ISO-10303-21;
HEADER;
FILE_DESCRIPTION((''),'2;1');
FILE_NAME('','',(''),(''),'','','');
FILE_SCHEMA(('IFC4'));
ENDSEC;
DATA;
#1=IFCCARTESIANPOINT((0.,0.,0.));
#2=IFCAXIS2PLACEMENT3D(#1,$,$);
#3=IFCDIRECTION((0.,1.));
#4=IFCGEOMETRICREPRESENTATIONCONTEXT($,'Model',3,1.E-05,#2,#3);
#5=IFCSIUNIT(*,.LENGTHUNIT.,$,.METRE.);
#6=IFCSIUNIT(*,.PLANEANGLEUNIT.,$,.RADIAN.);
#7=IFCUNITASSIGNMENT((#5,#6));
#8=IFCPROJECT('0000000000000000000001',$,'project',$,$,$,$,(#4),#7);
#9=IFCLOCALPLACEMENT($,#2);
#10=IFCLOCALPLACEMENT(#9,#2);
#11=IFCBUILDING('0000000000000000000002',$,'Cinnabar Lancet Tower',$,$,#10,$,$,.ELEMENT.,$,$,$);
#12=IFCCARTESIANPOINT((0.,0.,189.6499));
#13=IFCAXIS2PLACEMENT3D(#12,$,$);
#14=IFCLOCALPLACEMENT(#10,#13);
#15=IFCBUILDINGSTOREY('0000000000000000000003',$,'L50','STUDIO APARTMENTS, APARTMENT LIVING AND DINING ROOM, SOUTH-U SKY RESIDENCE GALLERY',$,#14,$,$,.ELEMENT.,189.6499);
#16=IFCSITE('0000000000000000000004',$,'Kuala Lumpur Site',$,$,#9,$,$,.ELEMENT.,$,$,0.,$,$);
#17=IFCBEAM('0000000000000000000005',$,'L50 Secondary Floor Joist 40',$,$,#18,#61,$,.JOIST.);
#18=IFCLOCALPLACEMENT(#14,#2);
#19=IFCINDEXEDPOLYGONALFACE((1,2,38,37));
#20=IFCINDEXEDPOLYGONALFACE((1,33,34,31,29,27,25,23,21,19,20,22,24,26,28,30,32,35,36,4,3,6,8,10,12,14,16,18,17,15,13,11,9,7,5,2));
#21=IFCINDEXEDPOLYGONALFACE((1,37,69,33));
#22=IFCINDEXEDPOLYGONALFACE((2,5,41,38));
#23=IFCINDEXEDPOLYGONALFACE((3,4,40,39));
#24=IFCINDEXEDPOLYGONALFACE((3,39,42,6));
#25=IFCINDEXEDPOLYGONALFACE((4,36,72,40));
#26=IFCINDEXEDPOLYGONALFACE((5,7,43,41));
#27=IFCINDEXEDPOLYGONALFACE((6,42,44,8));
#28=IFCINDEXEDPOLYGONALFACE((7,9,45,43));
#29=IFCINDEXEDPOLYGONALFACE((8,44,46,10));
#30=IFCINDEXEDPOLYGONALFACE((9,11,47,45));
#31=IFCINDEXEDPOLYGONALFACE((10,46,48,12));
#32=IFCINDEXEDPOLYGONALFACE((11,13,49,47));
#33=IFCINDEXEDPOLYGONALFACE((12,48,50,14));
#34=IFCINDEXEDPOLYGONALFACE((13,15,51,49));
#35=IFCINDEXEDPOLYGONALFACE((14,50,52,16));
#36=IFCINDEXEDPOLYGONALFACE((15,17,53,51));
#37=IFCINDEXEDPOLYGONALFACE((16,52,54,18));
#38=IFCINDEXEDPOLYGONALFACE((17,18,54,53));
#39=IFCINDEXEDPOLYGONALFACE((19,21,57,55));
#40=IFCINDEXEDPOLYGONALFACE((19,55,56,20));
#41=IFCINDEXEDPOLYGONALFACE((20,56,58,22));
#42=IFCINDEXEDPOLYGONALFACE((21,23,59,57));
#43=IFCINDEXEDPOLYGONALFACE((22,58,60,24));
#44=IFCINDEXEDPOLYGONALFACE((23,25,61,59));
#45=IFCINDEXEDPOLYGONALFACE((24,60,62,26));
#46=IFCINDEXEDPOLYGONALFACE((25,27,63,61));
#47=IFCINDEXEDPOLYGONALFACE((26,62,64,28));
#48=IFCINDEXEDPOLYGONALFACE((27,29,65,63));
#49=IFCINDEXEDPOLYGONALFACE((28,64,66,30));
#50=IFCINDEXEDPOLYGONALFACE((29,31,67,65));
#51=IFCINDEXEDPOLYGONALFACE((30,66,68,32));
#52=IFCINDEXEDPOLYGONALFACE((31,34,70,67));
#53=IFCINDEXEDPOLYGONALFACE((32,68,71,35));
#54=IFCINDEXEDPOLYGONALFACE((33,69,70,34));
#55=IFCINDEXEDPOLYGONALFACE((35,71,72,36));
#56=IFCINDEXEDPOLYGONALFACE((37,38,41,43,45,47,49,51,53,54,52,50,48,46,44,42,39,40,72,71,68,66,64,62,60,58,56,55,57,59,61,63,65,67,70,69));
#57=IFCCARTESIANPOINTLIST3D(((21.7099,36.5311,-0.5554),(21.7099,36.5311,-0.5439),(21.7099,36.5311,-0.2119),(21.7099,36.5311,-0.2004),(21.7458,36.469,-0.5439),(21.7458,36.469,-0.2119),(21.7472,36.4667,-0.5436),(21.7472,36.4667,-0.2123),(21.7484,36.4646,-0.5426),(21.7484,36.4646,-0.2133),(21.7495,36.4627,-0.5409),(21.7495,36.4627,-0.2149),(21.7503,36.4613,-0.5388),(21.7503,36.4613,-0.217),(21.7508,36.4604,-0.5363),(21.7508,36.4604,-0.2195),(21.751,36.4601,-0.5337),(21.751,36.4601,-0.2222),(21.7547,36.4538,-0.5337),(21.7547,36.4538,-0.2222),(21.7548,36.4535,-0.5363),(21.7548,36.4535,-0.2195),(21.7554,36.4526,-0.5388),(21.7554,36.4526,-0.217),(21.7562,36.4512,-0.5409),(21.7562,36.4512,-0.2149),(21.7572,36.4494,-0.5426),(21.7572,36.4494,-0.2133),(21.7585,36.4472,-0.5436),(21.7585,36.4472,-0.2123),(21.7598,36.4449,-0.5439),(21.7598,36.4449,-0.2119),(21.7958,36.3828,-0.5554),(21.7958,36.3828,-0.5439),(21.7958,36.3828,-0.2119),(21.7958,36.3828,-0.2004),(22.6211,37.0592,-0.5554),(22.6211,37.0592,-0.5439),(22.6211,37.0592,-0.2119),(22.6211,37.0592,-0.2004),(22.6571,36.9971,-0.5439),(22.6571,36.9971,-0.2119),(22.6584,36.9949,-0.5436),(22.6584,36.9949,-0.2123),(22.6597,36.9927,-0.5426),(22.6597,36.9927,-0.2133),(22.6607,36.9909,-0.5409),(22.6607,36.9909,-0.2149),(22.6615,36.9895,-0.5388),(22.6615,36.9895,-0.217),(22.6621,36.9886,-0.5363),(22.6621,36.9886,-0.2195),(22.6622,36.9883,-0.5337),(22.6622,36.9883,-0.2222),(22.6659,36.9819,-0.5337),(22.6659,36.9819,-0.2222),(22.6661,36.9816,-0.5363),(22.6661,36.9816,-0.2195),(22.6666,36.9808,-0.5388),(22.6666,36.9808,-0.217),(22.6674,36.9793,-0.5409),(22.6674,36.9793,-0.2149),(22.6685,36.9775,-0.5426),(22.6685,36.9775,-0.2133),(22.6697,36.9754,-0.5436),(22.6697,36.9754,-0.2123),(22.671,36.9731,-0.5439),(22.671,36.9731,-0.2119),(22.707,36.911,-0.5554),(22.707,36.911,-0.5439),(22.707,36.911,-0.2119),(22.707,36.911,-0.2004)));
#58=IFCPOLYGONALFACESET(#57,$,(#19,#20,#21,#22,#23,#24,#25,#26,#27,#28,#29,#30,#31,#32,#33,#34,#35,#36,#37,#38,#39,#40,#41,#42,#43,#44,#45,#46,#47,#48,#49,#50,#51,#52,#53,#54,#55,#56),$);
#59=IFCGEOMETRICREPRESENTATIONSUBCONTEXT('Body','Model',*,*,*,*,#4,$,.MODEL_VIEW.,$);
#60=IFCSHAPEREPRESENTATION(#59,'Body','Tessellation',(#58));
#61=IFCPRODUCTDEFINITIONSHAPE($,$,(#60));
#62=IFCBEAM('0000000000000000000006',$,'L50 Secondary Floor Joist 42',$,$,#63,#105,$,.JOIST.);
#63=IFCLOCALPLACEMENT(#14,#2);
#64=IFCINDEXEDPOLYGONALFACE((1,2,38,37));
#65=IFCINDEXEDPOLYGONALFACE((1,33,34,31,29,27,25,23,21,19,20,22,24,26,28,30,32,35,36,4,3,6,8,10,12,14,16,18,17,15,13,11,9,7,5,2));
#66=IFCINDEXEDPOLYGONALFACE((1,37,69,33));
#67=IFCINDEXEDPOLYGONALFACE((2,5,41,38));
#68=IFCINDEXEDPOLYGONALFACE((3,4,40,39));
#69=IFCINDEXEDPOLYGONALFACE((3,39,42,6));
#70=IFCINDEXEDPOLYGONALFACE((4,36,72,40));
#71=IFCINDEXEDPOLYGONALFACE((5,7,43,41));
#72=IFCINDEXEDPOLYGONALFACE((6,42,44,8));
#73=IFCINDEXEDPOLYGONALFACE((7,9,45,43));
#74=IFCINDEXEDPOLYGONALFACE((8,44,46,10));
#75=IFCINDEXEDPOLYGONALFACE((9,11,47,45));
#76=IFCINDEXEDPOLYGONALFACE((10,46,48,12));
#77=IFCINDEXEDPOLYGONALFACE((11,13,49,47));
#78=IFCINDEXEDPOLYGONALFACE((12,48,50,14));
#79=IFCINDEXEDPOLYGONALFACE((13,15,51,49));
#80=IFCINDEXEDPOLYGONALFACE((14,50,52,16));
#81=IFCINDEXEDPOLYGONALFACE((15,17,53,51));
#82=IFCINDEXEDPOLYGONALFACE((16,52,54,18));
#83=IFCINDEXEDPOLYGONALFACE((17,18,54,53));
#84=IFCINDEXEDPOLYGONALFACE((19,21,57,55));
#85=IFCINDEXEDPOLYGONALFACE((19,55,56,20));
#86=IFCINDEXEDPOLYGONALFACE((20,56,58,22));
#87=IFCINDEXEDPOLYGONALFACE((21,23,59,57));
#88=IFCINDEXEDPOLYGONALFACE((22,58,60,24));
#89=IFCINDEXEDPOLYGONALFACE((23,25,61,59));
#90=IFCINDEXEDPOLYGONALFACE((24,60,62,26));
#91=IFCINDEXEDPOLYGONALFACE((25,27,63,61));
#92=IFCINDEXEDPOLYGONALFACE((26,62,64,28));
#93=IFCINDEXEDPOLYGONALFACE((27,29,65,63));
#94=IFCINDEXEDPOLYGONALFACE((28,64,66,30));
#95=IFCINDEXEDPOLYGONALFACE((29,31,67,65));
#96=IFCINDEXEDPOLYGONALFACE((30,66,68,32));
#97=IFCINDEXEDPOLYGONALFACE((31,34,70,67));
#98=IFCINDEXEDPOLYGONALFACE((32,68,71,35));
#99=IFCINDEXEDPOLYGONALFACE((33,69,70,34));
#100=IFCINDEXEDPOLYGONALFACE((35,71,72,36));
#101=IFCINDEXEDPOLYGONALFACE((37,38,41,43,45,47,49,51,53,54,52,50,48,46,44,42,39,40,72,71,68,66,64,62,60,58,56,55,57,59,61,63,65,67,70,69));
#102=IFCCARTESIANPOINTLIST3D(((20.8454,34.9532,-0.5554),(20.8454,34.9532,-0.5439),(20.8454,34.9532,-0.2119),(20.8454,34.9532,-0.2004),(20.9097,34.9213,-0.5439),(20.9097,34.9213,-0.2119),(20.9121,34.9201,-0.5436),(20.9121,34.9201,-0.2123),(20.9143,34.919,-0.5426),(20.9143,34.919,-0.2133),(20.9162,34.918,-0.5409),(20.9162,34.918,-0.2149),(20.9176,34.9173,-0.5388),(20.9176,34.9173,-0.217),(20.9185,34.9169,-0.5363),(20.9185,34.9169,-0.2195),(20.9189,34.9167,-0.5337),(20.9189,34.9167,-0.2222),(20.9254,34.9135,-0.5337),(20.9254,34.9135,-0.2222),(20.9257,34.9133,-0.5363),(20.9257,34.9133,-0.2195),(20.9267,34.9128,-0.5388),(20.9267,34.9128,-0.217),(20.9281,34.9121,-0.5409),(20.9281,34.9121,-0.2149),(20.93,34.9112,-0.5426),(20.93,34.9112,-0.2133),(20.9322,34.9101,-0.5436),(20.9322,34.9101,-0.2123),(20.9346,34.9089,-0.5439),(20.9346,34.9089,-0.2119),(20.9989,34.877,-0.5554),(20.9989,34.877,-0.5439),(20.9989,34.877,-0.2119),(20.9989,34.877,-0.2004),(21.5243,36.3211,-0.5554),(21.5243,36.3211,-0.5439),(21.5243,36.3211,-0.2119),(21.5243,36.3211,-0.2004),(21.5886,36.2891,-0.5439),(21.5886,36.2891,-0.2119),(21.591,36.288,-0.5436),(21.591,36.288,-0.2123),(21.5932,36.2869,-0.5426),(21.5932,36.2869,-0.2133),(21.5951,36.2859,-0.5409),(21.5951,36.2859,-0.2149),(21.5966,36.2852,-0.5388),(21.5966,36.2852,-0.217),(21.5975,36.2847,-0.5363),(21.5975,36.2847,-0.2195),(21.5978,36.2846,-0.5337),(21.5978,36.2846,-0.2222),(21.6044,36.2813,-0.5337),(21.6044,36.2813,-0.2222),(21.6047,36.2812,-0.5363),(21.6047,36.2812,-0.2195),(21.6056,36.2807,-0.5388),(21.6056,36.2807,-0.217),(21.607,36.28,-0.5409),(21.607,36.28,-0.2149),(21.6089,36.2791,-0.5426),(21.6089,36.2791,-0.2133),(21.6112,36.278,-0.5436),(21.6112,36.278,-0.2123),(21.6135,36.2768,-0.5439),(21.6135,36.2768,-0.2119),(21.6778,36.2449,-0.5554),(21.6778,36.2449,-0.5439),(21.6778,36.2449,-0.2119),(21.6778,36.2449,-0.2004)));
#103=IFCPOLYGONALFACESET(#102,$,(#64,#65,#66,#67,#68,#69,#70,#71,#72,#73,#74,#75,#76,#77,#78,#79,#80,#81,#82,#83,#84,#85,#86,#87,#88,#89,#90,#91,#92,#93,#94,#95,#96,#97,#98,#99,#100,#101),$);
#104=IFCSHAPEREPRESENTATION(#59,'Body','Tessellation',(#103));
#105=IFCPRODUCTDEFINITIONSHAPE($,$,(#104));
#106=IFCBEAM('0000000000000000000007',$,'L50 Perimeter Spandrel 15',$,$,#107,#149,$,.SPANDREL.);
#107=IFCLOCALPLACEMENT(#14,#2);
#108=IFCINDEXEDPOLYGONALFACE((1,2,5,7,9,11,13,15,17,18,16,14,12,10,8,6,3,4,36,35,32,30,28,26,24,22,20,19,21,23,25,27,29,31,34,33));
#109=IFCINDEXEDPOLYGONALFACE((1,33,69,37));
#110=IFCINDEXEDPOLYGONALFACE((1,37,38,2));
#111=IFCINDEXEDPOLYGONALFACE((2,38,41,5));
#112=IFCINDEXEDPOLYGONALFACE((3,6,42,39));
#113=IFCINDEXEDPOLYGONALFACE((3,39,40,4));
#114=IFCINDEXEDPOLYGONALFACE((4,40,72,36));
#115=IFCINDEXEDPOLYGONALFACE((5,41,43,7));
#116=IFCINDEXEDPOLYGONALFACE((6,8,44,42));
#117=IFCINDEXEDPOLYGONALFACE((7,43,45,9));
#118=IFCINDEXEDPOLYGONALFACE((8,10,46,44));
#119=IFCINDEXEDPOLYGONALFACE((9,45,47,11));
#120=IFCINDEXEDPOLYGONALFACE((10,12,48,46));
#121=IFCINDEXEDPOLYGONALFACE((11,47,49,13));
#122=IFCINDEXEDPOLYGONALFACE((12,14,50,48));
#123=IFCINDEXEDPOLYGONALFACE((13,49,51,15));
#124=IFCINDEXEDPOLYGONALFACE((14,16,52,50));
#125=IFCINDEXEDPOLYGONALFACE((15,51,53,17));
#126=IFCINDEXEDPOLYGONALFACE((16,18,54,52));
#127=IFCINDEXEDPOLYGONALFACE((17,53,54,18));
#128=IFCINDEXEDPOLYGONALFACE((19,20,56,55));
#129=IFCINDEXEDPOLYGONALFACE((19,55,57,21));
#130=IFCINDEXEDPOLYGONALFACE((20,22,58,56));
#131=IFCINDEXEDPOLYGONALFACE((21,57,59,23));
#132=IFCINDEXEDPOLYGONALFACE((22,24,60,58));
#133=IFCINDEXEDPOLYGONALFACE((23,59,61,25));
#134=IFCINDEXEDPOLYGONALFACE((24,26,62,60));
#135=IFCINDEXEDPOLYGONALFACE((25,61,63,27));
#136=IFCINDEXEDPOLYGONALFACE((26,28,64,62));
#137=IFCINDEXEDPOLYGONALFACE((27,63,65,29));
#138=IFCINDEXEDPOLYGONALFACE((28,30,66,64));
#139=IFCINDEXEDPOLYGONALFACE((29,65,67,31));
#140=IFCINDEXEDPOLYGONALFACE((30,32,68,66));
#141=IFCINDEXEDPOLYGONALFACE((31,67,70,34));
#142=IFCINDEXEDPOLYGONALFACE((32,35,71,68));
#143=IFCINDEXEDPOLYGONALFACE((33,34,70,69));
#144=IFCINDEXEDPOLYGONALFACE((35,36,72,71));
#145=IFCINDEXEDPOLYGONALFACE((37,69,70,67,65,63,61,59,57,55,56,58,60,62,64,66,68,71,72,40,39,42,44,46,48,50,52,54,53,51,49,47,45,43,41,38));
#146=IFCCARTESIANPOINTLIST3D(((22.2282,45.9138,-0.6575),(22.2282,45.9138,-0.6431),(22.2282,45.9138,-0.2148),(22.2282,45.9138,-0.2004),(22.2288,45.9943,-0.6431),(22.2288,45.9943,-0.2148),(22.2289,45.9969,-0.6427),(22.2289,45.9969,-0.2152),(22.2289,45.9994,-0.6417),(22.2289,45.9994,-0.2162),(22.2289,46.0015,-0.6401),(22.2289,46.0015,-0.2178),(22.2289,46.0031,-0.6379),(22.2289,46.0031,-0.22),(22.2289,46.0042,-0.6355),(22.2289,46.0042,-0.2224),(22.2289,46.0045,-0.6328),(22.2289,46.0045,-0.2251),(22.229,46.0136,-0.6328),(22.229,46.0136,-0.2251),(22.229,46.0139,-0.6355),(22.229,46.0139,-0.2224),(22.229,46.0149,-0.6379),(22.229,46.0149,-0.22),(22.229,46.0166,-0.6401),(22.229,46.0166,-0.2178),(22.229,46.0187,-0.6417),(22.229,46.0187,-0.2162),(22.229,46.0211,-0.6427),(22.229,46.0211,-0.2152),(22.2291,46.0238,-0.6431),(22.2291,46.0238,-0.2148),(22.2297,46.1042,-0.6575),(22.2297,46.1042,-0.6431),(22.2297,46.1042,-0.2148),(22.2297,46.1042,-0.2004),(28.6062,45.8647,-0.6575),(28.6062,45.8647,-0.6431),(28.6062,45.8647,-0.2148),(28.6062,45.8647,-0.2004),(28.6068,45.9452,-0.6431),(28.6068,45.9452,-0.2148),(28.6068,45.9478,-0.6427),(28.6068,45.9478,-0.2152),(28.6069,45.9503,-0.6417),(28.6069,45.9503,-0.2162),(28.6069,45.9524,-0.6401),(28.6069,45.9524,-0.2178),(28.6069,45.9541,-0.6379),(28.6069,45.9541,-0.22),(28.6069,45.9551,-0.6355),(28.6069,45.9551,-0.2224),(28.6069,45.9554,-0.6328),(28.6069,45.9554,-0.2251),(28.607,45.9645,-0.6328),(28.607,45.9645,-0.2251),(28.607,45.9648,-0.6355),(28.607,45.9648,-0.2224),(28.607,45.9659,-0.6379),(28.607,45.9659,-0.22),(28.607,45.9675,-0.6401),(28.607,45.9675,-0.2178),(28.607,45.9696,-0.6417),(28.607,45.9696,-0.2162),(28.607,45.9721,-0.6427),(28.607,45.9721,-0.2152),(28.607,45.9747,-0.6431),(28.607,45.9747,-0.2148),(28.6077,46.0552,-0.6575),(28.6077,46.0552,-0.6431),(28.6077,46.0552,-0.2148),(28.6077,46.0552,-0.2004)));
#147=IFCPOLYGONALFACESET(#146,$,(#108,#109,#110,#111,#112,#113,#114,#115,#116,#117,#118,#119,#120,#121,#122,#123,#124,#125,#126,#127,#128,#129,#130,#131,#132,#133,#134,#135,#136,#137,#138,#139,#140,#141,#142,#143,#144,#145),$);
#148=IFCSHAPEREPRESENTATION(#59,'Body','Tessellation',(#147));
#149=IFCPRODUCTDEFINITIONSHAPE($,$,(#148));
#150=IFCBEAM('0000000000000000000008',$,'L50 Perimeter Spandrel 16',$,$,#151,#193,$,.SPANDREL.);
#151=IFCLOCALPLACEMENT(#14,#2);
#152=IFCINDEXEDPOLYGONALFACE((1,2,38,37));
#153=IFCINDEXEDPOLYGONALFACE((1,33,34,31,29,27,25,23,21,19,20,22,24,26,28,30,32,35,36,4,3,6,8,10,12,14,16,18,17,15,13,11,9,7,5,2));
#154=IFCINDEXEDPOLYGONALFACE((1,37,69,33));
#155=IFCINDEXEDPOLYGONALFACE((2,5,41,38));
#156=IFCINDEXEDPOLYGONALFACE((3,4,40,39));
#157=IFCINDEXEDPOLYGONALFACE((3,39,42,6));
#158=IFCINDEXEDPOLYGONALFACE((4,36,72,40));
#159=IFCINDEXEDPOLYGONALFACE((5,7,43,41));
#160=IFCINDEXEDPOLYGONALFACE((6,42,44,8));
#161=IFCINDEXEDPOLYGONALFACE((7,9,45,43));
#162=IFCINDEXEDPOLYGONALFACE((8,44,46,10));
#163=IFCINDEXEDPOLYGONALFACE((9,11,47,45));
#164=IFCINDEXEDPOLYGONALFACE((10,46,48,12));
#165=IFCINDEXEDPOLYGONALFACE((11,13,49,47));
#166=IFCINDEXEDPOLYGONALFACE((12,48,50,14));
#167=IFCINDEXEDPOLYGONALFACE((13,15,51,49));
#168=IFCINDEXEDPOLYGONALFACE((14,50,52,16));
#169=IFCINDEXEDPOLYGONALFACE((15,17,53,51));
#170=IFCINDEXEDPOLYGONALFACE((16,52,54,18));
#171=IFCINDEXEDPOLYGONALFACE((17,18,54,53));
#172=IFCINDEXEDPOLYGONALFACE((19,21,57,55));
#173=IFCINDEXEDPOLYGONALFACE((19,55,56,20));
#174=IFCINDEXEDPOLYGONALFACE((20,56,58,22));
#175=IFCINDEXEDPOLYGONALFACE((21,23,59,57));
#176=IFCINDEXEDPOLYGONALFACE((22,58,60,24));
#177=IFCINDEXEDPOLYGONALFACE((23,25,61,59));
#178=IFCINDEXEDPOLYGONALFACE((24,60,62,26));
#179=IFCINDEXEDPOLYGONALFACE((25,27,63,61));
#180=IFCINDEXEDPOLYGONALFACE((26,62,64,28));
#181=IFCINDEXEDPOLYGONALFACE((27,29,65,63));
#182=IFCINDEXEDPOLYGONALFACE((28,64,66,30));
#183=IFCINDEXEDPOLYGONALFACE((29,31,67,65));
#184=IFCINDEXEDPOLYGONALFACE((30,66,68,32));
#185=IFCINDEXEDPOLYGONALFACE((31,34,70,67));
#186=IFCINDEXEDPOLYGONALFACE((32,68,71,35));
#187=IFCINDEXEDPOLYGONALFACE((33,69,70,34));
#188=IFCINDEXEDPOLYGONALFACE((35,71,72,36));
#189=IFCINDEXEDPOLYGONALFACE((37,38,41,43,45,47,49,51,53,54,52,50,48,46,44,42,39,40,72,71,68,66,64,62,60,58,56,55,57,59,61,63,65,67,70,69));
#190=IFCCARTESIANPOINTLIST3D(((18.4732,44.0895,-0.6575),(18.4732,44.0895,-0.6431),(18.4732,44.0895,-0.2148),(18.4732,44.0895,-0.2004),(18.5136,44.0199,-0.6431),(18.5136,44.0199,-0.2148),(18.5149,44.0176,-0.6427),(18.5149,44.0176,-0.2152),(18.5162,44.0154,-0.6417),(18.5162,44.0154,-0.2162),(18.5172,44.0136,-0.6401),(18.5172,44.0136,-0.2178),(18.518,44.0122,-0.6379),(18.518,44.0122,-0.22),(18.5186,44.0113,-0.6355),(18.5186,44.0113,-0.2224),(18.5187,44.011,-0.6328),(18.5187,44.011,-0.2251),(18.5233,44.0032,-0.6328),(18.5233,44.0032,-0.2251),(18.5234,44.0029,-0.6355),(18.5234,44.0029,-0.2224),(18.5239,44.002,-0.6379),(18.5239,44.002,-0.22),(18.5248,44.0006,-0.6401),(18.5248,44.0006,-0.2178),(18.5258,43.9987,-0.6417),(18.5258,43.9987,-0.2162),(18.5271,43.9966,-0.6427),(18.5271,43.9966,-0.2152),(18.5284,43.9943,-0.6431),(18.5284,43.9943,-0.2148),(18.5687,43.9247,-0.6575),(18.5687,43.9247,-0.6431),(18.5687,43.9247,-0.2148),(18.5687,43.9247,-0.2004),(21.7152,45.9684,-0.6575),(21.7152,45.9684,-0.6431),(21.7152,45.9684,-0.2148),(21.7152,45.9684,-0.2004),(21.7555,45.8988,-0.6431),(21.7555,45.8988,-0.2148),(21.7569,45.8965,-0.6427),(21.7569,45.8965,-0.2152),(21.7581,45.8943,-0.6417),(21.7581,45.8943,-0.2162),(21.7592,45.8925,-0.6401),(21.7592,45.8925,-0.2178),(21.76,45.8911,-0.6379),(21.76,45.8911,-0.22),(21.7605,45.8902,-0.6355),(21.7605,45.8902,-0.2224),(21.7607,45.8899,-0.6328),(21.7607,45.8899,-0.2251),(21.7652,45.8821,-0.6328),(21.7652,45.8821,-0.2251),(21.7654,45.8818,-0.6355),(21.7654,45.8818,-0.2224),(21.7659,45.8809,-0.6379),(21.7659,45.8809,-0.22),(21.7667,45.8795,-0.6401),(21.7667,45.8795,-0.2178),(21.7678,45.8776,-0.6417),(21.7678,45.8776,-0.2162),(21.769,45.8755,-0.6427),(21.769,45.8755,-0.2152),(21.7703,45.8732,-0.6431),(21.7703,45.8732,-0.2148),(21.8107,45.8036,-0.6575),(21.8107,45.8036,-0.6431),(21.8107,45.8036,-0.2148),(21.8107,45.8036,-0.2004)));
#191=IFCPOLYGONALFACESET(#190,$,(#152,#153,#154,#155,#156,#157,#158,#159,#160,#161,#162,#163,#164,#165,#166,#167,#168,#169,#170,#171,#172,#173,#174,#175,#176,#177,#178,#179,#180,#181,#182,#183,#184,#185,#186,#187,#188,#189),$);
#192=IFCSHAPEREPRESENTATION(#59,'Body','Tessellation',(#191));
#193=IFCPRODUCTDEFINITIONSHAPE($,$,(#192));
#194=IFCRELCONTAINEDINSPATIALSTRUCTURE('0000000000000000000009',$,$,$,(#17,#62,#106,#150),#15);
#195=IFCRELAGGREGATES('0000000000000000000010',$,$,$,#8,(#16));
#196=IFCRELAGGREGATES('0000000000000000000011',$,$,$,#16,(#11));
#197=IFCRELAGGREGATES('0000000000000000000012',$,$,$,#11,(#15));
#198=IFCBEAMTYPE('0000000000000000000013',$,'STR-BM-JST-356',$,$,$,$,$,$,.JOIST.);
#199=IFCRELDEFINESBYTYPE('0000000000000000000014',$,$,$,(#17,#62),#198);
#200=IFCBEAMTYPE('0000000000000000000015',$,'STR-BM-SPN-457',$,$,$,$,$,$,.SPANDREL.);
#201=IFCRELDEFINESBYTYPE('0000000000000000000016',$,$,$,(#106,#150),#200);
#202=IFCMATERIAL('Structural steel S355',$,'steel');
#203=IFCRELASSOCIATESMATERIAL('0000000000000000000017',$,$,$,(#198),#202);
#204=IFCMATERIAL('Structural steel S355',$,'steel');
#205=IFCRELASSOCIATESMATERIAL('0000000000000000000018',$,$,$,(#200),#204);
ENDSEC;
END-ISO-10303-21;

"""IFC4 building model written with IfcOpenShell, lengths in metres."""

from ifc_helpers import new_model, si_unit, direction, frame, origin, origin_2d, place, context, subcontext, project, spatial, i_section, extrude, material, material_profile, profile_set, type_object, element, save


model = new_model("IFC4")

# Units and contexts
model_context = context("Model", 3, precision=1e-05, world=origin(), true_north=direction((0.0, 1.0)))
body_context = subcontext(model_context, "Body", "Model", "MODEL_VIEW")
ifc_project = project(units=[si_unit("LENGTHUNIT", "METRE"), si_unit("PLANEANGLEUNIT", "RADIAN")], contexts=[model_context])

# Site, building, storey
site_placement = place(None, origin())
site = spatial("IfcSite", under=ifc_project, at=site_placement, Name="Kuala Lumpur Site", CompositionType="ELEMENT", RefElevation=0.0)
building_placement = place(site_placement, origin())
building = spatial("IfcBuilding", under=site, at=building_placement, Name="Cinnabar Lancet Tower", CompositionType="ELEMENT")
storey_placement = place(building_placement, frame((0.0, 0.0, 189.6499)))
storey = spatial("IfcBuildingStorey", under=building, at=storey_placement, Name="L50", Description="STUDIO APARTMENTS, APARTMENT LIVING AND DINING ROOM, SOUTH-U SKY RESIDENCE GALLERY", CompositionType="ELEMENT", Elevation=189.6499)

# Beams
ifc_material_1 = material(Name="Structural steel S355", Category="steel")
ifc_material_profile_1 = material_profile(ifc_material_1, i_section(OverallWidth=0.1714, OverallDepth=0.355, WebThickness=0.0073, FlangeThickness=0.0115, FilletRadius=0.0103, at=origin_2d()), Name="UKB 356x171x51")
ifc_profile_set_1 = profile_set([ifc_material_profile_1], Name="Structural steel S355")
beam_type_1 = type_object("IfcBeamType", Name="STR-BM-JST-356", PredefinedType="JOIST", material=ifc_profile_set_1)
beam_1_placement = place(storey_placement, frame((22.6641, 36.9851, -0.3779), z_axis=(-0.865188, -0.501447, 0.0), x_axis=(0.501447, -0.865188, 0.0)))
element("IfcBeam", 1, at=beam_1_placement, inside=storey, type_object=beam_type_1, Name="L50 Secondary Floor Joist 40", PredefinedType="JOIST", context=body_context, shape_type="SweptSolid", body=[
    extrude(i_section(OverallWidth=0.1714, OverallDepth=0.355, WebThickness=0.0073, FlangeThickness=0.0115, FilletRadius=0.0103, at=origin_2d()), origin(), (0.0, 0.0, 1.0), 1.0532),
])
beam_2_placement = place(storey_placement, frame((21.6011, 36.283, -0.3779), z_axis=(-0.44459, -0.895734, 0.0), x_axis=(0.895734, -0.44459, 0.0)))
element("IfcBeam", 2, at=beam_2_placement, inside=storey, type_object=beam_type_1, Name="L50 Secondary Floor Joist 42", PredefinedType="JOIST", context=body_context, shape_type="SweptSolid", body=[
    extrude(i_section(OverallWidth=0.1714, OverallDepth=0.355, WebThickness=0.0073, FlangeThickness=0.0115, FilletRadius=0.0103, at=origin_2d()), origin(), (0.0, 0.0, 1.0), 1.5271),
])
ifc_material_2 = material(Name="Structural steel S355", Category="steel")
ifc_material_profile_2 = material_profile(ifc_material_2, i_section(OverallWidth=0.1904, OverallDepth=0.457, WebThickness=0.009, FlangeThickness=0.0144, FilletRadius=0.0103, at=origin_2d()), Name="UKB 457x191x74")
ifc_profile_set_2 = profile_set([ifc_material_profile_2], Name="Structural steel S355")
beam_type_2 = type_object("IfcBeamType", Name="STR-BM-SPN-457", PredefinedType="SPANDREL", material=ifc_profile_set_2)
beam_3_placement = place(storey_placement, frame((28.6069, 45.96, -0.429), z_axis=(-0.99997, 0.007694, 0.0), x_axis=(-0.007694, -0.99997, 0.0)))
element("IfcBeam", 3, at=beam_3_placement, inside=storey, type_object=beam_type_2, Name="L50 Perimeter Spandrel 15", PredefinedType="SPANDREL", context=body_context, shape_type="SweptSolid", body=[
    extrude(i_section(OverallWidth=0.1904, OverallDepth=0.457, WebThickness=0.009, FlangeThickness=0.0144, FilletRadius=0.0103, at=origin_2d()), origin(), (0.0, 0.0, 1.0), 6.3782),
])
beam_4_placement = place(storey_placement, frame((21.7629, 45.886, -0.429), z_axis=(-0.865196, -0.501434, 0.0), x_axis=(0.501434, -0.865196, 0.0)))
element("IfcBeam", 4, at=beam_4_placement, inside=storey, type_object=beam_type_2, Name="L50 Perimeter Spandrel 16", PredefinedType="SPANDREL", context=body_context, shape_type="SweptSolid", body=[
    extrude(i_section(OverallWidth=0.1904, OverallDepth=0.457, WebThickness=0.009, FlangeThickness=0.0144, FilletRadius=0.0103, at=origin_2d()), origin(), (0.0, 0.0, 1.0), 3.7471),
])

save(model, "model.ifc")
